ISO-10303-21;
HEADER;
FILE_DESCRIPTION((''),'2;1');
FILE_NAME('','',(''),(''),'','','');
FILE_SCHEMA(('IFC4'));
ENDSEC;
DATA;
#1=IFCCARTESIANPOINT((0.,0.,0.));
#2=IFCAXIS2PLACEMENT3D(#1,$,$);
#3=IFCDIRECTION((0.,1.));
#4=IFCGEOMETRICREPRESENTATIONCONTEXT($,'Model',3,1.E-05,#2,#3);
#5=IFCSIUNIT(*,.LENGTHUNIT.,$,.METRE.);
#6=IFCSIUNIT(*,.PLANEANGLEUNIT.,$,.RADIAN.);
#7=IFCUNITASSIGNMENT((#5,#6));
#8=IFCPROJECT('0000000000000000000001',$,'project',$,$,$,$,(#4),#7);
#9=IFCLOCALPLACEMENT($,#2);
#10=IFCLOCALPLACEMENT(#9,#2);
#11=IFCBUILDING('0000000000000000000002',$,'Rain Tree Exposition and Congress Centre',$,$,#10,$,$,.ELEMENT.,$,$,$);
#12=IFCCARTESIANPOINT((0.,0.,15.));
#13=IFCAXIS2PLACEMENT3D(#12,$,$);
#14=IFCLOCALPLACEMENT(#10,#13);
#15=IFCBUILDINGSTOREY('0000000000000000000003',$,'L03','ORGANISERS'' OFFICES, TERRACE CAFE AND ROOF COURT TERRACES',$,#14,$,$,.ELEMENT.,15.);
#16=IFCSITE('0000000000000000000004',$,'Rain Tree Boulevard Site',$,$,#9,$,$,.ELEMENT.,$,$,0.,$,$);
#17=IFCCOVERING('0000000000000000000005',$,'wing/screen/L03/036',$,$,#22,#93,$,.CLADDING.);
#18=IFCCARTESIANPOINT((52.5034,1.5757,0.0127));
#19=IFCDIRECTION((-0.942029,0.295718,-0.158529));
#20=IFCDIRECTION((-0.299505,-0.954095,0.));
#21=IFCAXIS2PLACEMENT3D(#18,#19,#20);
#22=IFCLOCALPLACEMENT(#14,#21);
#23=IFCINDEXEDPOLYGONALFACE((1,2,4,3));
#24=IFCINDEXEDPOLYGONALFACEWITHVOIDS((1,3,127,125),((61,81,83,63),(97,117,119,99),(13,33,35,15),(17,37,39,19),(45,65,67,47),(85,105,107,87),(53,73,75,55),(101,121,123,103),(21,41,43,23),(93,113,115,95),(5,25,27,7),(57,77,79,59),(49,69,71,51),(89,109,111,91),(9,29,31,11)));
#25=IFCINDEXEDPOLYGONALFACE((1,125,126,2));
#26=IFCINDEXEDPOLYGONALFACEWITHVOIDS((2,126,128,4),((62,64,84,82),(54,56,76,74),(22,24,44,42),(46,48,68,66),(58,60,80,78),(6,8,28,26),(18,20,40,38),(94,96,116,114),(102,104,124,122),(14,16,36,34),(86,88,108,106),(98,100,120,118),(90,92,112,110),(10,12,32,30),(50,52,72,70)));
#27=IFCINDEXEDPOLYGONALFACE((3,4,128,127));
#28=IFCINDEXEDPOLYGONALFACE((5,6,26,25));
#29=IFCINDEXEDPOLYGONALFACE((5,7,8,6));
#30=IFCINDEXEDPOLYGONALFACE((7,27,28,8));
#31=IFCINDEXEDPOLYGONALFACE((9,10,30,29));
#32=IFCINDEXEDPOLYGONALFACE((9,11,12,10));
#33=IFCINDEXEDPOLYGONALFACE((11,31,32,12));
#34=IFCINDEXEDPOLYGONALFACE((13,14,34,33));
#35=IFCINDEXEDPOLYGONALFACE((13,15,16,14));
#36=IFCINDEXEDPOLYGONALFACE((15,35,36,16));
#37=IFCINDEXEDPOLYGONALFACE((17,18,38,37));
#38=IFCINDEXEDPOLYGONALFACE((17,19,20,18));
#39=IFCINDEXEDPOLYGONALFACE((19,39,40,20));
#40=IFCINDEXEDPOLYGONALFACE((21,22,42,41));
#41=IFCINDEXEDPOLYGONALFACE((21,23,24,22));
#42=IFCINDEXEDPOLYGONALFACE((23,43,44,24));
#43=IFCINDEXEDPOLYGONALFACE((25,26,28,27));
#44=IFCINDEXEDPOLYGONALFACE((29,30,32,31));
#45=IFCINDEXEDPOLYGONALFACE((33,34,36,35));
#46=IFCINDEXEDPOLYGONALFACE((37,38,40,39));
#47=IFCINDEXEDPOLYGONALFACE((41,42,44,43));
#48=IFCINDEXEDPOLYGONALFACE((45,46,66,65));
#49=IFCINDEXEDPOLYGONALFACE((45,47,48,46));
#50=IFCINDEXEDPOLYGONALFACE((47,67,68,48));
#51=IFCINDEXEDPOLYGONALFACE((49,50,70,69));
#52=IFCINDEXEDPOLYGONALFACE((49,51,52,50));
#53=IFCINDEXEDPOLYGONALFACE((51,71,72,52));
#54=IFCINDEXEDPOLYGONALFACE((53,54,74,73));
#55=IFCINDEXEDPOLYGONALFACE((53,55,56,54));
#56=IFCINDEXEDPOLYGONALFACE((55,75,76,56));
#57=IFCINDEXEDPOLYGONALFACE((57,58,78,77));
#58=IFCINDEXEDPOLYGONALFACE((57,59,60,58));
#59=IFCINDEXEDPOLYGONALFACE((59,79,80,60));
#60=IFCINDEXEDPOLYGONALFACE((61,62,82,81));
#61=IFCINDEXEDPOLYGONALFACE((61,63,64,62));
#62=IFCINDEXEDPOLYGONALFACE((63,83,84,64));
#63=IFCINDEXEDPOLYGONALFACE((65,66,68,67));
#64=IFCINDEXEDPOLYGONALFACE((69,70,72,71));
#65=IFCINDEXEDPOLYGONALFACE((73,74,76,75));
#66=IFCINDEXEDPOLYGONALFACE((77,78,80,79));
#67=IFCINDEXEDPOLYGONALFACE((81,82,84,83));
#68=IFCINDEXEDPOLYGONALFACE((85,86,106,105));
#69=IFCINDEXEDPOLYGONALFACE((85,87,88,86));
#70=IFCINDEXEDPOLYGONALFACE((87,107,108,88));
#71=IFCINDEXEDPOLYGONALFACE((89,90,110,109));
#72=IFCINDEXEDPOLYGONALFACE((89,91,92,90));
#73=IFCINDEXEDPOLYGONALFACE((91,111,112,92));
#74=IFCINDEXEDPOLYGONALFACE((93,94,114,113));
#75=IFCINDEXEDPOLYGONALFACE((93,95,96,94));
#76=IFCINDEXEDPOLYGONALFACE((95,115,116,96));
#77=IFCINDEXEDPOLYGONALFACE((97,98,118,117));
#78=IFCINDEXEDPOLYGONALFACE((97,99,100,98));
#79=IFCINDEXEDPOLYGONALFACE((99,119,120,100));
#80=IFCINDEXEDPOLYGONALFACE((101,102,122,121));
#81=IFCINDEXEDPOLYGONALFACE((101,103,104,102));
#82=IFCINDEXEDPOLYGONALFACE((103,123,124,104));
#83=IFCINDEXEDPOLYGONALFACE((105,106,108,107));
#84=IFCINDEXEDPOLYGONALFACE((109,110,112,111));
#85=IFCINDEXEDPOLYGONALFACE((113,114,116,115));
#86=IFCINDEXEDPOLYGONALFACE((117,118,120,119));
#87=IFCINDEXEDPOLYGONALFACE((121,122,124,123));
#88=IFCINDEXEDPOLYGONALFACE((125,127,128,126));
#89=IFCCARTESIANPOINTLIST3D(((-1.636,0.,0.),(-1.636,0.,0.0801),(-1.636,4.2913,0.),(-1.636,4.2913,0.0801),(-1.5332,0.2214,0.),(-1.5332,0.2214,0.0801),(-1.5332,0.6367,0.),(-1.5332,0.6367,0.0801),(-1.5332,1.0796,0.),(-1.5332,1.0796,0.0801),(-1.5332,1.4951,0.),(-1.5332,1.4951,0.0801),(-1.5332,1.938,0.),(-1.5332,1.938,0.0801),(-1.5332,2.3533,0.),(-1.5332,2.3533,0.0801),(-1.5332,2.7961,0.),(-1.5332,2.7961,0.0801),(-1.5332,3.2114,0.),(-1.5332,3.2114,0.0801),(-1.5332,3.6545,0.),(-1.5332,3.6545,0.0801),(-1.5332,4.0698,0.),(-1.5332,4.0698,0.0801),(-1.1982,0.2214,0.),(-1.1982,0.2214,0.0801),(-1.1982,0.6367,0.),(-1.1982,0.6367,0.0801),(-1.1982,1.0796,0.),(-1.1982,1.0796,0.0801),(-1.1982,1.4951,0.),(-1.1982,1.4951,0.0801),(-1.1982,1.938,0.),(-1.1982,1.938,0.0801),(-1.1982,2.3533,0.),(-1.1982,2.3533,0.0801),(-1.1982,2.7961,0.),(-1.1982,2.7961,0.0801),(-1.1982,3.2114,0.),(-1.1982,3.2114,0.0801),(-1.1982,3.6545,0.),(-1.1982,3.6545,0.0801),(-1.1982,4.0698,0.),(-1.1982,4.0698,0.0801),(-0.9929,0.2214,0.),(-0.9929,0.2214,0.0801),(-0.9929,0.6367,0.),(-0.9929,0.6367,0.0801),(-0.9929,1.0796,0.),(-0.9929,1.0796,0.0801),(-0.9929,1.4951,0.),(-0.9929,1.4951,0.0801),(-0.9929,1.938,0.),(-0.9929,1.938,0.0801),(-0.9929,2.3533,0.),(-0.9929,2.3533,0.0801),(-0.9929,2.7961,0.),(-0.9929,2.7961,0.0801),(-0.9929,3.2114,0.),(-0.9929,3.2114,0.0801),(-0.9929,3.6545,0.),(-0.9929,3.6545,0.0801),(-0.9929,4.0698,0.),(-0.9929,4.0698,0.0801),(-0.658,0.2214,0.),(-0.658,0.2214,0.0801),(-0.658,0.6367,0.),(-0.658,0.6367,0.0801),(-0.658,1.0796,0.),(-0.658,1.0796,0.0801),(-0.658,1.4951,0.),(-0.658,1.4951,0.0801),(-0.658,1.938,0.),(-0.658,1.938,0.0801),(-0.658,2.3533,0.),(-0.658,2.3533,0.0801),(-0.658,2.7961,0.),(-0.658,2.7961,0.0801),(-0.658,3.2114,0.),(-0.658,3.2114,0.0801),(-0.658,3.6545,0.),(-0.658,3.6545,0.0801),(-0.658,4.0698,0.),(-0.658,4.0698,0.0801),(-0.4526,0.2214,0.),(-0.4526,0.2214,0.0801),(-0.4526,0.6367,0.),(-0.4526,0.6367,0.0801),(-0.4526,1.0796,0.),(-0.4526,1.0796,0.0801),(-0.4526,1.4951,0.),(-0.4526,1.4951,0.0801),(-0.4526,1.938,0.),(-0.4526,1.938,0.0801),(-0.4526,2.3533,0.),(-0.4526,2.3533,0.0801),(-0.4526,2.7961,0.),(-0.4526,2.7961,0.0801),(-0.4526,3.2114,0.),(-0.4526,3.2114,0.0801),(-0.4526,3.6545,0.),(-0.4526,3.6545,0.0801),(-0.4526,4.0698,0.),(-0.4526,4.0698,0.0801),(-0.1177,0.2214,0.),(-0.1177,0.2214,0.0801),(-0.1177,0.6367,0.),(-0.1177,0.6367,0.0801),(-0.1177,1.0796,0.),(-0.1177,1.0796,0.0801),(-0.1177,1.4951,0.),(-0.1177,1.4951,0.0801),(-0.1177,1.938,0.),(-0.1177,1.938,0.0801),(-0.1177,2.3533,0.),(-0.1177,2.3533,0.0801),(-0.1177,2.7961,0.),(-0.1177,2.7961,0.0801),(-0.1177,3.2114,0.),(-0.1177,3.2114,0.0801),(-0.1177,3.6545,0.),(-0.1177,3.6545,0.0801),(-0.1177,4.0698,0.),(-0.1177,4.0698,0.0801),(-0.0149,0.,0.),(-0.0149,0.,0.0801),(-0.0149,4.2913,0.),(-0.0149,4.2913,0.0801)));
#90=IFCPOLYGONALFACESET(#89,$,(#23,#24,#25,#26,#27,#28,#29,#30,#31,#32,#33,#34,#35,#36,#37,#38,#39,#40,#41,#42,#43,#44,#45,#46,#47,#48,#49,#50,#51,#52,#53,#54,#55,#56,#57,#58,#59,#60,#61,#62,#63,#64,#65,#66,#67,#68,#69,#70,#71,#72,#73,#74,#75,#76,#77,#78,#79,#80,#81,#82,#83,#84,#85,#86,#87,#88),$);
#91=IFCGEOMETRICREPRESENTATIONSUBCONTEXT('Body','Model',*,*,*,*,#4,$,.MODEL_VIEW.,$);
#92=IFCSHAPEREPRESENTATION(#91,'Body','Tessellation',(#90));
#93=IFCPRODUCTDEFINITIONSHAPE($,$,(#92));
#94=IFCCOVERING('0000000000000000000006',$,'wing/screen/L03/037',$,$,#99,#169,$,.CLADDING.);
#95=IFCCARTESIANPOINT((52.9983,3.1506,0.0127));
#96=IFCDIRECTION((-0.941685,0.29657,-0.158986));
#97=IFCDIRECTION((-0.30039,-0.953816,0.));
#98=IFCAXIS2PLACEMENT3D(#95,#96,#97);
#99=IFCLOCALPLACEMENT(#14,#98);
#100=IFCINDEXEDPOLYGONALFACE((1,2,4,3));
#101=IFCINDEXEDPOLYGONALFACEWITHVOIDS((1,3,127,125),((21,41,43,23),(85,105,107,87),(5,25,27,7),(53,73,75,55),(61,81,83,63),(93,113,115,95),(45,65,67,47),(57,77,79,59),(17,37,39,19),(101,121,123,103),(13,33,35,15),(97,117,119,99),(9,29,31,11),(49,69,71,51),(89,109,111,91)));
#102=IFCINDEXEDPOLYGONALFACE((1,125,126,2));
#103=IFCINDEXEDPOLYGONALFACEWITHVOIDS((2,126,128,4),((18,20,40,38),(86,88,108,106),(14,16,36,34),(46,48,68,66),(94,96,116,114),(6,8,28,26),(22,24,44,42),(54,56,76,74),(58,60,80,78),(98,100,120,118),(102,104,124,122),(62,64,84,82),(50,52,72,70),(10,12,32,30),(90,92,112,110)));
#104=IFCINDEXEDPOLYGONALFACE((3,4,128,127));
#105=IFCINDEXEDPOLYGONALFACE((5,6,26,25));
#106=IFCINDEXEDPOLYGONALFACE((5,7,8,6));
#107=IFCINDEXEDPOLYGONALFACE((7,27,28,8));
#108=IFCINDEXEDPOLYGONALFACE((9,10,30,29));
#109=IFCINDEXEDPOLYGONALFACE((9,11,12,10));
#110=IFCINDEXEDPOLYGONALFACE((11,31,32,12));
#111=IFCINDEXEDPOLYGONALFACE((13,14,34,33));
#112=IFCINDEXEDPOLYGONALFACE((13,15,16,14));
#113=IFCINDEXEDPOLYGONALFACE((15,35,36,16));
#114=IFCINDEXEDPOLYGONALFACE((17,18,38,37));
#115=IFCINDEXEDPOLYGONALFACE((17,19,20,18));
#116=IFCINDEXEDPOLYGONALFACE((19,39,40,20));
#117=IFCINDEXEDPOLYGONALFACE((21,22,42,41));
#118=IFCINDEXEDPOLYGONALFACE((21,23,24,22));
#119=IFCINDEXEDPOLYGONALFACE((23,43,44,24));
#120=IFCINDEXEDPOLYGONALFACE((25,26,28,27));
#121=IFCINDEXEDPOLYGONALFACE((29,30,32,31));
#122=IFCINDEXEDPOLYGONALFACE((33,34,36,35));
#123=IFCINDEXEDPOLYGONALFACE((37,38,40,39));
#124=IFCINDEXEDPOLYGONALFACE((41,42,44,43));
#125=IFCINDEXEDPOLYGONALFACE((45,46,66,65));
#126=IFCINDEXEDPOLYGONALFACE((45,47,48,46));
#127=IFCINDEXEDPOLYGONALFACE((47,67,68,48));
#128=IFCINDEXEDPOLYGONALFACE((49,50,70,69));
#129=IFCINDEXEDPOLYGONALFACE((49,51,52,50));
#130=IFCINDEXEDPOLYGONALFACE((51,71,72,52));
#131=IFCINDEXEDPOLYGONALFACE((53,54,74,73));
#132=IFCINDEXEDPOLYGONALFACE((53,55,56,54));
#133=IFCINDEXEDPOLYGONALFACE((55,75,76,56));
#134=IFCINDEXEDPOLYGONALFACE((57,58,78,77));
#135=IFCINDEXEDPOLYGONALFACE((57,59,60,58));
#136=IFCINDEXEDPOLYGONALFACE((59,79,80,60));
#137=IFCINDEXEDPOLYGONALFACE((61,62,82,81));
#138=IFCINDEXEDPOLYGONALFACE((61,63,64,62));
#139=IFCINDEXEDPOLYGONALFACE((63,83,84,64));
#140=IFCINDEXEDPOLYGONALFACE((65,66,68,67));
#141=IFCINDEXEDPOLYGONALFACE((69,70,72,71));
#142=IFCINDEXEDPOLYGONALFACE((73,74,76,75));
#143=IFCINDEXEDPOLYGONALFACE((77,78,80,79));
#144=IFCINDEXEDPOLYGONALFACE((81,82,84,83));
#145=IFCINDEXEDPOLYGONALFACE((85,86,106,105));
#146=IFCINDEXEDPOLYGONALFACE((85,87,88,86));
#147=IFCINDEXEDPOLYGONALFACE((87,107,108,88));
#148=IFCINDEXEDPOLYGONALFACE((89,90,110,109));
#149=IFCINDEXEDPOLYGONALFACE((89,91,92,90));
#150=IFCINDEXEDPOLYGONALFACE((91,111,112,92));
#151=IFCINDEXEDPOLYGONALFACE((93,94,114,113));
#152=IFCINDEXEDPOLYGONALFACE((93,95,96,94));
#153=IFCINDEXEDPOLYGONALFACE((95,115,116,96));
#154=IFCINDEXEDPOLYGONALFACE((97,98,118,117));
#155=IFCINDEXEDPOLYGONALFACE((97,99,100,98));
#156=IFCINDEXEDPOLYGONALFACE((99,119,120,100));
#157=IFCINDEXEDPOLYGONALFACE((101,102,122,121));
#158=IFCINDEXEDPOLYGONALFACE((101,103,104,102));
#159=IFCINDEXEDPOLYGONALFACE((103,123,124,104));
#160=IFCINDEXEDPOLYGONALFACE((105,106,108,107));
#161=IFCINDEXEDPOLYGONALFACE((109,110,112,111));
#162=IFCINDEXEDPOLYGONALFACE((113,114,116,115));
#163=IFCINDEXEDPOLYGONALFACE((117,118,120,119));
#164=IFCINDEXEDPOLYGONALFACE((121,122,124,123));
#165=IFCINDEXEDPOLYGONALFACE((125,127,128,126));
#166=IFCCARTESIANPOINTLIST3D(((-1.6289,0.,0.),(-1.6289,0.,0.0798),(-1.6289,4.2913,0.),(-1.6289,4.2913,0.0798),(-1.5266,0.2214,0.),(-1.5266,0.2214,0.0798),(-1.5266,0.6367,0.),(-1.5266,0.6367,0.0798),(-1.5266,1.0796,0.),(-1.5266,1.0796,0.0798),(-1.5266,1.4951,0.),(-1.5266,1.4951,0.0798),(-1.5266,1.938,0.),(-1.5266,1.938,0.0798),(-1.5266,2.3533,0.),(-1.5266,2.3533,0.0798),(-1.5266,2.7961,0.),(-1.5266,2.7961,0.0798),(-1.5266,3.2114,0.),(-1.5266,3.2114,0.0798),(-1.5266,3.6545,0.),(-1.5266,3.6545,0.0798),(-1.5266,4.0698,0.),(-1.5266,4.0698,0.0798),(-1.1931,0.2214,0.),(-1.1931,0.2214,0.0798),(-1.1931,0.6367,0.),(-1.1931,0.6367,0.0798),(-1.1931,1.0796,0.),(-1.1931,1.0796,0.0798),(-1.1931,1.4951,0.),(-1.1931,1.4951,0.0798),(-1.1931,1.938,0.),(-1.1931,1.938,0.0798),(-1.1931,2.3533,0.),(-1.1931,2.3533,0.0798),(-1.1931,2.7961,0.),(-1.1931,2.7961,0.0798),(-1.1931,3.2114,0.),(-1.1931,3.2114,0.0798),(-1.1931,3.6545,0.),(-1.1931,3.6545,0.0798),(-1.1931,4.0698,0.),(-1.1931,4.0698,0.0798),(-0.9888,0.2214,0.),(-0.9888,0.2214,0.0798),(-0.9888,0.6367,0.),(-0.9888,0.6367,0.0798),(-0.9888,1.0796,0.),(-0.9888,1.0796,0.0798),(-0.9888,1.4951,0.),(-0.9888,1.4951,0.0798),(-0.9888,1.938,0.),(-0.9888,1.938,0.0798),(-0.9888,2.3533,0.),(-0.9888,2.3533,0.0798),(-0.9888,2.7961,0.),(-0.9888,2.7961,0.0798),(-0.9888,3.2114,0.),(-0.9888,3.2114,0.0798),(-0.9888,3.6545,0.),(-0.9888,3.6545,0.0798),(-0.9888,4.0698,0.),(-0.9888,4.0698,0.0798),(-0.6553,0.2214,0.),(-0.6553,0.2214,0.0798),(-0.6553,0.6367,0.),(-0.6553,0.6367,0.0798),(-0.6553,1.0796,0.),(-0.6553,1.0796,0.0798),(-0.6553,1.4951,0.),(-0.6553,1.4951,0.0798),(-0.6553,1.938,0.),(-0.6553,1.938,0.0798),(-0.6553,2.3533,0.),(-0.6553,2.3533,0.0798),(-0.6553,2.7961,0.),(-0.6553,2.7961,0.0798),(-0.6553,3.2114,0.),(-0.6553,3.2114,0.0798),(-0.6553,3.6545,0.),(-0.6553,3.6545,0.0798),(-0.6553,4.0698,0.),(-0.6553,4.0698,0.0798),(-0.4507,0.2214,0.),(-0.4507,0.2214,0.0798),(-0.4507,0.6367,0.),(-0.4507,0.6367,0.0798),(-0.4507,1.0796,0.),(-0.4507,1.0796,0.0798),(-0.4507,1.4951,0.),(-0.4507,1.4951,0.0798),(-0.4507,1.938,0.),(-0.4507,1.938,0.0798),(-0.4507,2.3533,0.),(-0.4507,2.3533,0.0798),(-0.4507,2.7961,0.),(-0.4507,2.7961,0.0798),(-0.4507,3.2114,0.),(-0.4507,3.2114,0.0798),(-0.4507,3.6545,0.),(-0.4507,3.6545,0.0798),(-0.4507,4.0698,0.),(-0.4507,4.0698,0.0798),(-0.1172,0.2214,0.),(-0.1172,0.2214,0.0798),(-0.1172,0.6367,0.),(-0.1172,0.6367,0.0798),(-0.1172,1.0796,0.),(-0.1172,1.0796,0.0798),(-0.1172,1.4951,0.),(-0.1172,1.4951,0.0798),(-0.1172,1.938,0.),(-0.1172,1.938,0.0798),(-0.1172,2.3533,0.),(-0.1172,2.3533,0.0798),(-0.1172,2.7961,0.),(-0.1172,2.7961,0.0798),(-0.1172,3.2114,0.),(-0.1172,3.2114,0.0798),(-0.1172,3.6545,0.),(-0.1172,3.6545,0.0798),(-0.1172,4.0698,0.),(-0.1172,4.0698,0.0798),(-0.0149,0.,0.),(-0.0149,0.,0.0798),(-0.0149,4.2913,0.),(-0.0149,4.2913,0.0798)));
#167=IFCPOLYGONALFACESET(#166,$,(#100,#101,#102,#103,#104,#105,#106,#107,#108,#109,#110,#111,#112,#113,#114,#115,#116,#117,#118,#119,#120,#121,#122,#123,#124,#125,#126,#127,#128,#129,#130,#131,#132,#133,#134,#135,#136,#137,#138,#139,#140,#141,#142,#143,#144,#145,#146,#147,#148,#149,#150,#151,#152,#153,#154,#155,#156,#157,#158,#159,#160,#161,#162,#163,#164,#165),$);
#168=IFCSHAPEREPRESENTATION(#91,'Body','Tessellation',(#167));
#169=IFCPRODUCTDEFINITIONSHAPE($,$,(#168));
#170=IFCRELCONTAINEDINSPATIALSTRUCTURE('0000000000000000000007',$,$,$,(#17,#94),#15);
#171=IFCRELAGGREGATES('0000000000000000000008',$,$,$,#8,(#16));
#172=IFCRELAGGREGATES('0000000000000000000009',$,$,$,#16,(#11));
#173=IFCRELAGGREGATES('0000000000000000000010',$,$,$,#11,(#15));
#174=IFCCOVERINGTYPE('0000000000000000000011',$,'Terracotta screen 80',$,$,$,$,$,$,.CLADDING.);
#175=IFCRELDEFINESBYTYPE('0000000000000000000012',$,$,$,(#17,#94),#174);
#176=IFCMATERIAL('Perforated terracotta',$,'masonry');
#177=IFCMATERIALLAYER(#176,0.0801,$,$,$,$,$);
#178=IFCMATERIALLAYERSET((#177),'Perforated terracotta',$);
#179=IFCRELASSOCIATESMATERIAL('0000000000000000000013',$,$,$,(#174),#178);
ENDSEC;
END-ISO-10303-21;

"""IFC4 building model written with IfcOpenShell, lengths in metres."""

from ifc_helpers import new_model, si_unit, direction, frame, origin, place, context, subcontext, project, spatial, polyline, outline, extrude, material, layer, layer_set, type_object, element, save


model = new_model("IFC4")

# Units and contexts
model_context = context("Model", 3, precision=1e-05, world=origin(), true_north=direction((0.0, 1.0)))
body_context = subcontext(model_context, "Body", "Model", "MODEL_VIEW")
ifc_project = project(units=[si_unit("LENGTHUNIT", "METRE"), si_unit("PLANEANGLEUNIT", "RADIAN")], contexts=[model_context])

# Site, building, storey
site_placement = place(None, origin())
site = spatial("IfcSite", under=ifc_project, at=site_placement, Name="Rain Tree Boulevard Site", CompositionType="ELEMENT", RefElevation=0.0)
building_placement = place(site_placement, origin())
building = spatial("IfcBuilding", under=site, at=building_placement, Name="Rain Tree Exposition and Congress Centre", CompositionType="ELEMENT")
storey_placement = place(building_placement, frame((0.0, 0.0, 15.0)))
storey = spatial("IfcBuildingStorey", under=building, at=storey_placement, Name="L03", Description="ORGANISERS' OFFICES, TERRACE CAFE AND ROOF COURT TERRACES", CompositionType="ELEMENT", Elevation=15.0)

# Coverings
ifc_material_1 = material(Name="Perforated terracotta", Category="masonry")
ifc_layer = layer(ifc_material_1, 0.0801)
ifc_layer_set = layer_set([ifc_layer], Name="Perforated terracotta")
covering_type = type_object("IfcCoveringType", Name="Terracotta screen 80", PredefinedType="CLADDING", material=ifc_layer_set)
covering_1_placement = place(storey_placement, frame((52.5034, 1.5757, 0.0127), z_axis=(-0.942029, 0.295718, -0.158529), x_axis=(-0.299505, -0.954095, 0.0)))
element("IfcCovering", 1, at=covering_1_placement, inside=storey, type_object=covering_type, Name="wing/screen/L03/036", PredefinedType="CLADDING", context=body_context, shape_type="SweptSolid", body=[
    extrude(outline(polyline([(-1.636, 0.0), (-1.636, 4.2913), (-0.0149, 4.2913), (-0.0149, 0.0), (-1.636, 0.0)]), holes=[polyline([(-0.1177, 0.2214), (-0.1177, 0.6367), (-0.4526, 0.6367), (-0.4526, 0.2214), (-0.1177, 0.2214)]), polyline([(-0.1177, 1.0796), (-0.1177, 1.4951), (-0.4526, 1.4951), (-0.4526, 1.0796), (-0.1177, 1.0796)]), polyline([(-0.1177, 1.938), (-0.1177, 2.3533), (-0.4526, 2.3533), (-0.4526, 1.938), (-0.1177, 1.938)]), polyline([(-0.1177, 2.7961), (-0.1177, 3.2114), (-0.4526, 3.2114), (-0.4526, 2.7961), (-0.1177, 2.7961)]), polyline([(-0.1177, 3.6545), (-0.1177, 4.0698), (-0.4526, 4.0698), (-0.4526, 3.6545), (-0.1177, 3.6545)]), polyline([(-0.658, 0.2214), (-0.658, 0.6367), (-0.9929, 0.6367), (-0.9929, 0.2214), (-0.658, 0.2214)]), polyline([(-0.658, 1.0796), (-0.658, 1.4951), (-0.9929, 1.4951), (-0.9929, 1.0796), (-0.658, 1.0796)]), polyline([(-0.658, 1.938), (-0.658, 2.3533), (-0.9929, 2.3533), (-0.9929, 1.938), (-0.658, 1.938)]), polyline([(-0.658, 2.7961), (-0.658, 3.2114), (-0.9929, 3.2114), (-0.9929, 2.7961), (-0.658, 2.7961)]), polyline([(-0.658, 3.6545), (-0.658, 4.0698), (-0.9929, 4.0698), (-0.9929, 3.6545), (-0.658, 3.6545)]), polyline([(-1.1982, 0.2214), (-1.1982, 0.6367), (-1.5332, 0.6367), (-1.5332, 0.2214), (-1.1982, 0.2214)]), polyline([(-1.1982, 1.0796), (-1.1982, 1.4951), (-1.5332, 1.4951), (-1.5332, 1.0796), (-1.1982, 1.0796)]), polyline([(-1.1982, 1.938), (-1.1982, 2.3533), (-1.5332, 2.3533), (-1.5332, 1.938), (-1.1982, 1.938)]), polyline([(-1.1982, 2.7961), (-1.1982, 3.2114), (-1.5332, 3.2114), (-1.5332, 2.7961), (-1.1982, 2.7961)]), polyline([(-1.1982, 3.6545), (-1.1982, 4.0698), (-1.5332, 4.0698), (-1.5332, 3.6545), (-1.1982, 3.6545)])]), origin(), (0.0, 0.0, 1.0), 0.0801),
])
covering_2_placement = place(storey_placement, frame((52.9983, 3.1506, 0.0127), z_axis=(-0.941685, 0.29657, -0.158986), x_axis=(-0.30039, -0.953816, 0.0)))
element("IfcCovering", 2, at=covering_2_placement, inside=storey, type_object=covering_type, Name="wing/screen/L03/037", PredefinedType="CLADDING", context=body_context, shape_type="SweptSolid", body=[
    extrude(outline(polyline([(-1.6289, 0.0), (-1.6289, 4.2913), (-0.0149, 4.2913), (-0.0149, 0.0), (-1.6289, 0.0)]), holes=[polyline([(-0.1172, 0.2214), (-0.1172, 0.6367), (-0.4507, 0.6367), (-0.4507, 0.2214), (-0.1172, 0.2214)]), polyline([(-0.1172, 1.0796), (-0.1172, 1.4951), (-0.4507, 1.4951), (-0.4507, 1.0796), (-0.1172, 1.0796)]), polyline([(-0.1172, 1.938), (-0.1172, 2.3533), (-0.4507, 2.3533), (-0.4507, 1.938), (-0.1172, 1.938)]), polyline([(-0.1172, 2.7961), (-0.1172, 3.2114), (-0.4507, 3.2114), (-0.4507, 2.7961), (-0.1172, 2.7961)]), polyline([(-0.1172, 3.6545), (-0.1172, 4.0698), (-0.4507, 4.0698), (-0.4507, 3.6545), (-0.1172, 3.6545)]), polyline([(-0.6553, 0.2214), (-0.6553, 0.6367), (-0.9888, 0.6367), (-0.9888, 0.2214), (-0.6553, 0.2214)]), polyline([(-0.6553, 1.0796), (-0.6553, 1.4951), (-0.9888, 1.4951), (-0.9888, 1.0796), (-0.6553, 1.0796)]), polyline([(-0.6553, 1.938), (-0.6553, 2.3533), (-0.9888, 2.3533), (-0.9888, 1.938), (-0.6553, 1.938)]), polyline([(-0.6553, 2.7961), (-0.6553, 3.2114), (-0.9888, 3.2114), (-0.9888, 2.7961), (-0.6553, 2.7961)]), polyline([(-0.6553, 3.6545), (-0.6553, 4.0698), (-0.9888, 4.0698), (-0.9888, 3.6545), (-0.6553, 3.6545)]), polyline([(-1.1931, 0.2214), (-1.1931, 0.6367), (-1.5266, 0.6367), (-1.5266, 0.2214), (-1.1931, 0.2214)]), polyline([(-1.1931, 1.0796), (-1.1931, 1.4951), (-1.5266, 1.4951), (-1.5266, 1.0796), (-1.1931, 1.0796)]), polyline([(-1.1931, 1.938), (-1.1931, 2.3533), (-1.5266, 2.3533), (-1.5266, 1.938), (-1.1931, 1.938)]), polyline([(-1.1931, 2.7961), (-1.1931, 3.2114), (-1.5266, 3.2114), (-1.5266, 2.7961), (-1.1931, 2.7961)]), polyline([(-1.1931, 3.6545), (-1.1931, 4.0698), (-1.5266, 4.0698), (-1.5266, 3.6545), (-1.1931, 3.6545)])]), origin(), (0.0, 0.0, 1.0), 0.0798),
])

save(model, "model.ifc")
